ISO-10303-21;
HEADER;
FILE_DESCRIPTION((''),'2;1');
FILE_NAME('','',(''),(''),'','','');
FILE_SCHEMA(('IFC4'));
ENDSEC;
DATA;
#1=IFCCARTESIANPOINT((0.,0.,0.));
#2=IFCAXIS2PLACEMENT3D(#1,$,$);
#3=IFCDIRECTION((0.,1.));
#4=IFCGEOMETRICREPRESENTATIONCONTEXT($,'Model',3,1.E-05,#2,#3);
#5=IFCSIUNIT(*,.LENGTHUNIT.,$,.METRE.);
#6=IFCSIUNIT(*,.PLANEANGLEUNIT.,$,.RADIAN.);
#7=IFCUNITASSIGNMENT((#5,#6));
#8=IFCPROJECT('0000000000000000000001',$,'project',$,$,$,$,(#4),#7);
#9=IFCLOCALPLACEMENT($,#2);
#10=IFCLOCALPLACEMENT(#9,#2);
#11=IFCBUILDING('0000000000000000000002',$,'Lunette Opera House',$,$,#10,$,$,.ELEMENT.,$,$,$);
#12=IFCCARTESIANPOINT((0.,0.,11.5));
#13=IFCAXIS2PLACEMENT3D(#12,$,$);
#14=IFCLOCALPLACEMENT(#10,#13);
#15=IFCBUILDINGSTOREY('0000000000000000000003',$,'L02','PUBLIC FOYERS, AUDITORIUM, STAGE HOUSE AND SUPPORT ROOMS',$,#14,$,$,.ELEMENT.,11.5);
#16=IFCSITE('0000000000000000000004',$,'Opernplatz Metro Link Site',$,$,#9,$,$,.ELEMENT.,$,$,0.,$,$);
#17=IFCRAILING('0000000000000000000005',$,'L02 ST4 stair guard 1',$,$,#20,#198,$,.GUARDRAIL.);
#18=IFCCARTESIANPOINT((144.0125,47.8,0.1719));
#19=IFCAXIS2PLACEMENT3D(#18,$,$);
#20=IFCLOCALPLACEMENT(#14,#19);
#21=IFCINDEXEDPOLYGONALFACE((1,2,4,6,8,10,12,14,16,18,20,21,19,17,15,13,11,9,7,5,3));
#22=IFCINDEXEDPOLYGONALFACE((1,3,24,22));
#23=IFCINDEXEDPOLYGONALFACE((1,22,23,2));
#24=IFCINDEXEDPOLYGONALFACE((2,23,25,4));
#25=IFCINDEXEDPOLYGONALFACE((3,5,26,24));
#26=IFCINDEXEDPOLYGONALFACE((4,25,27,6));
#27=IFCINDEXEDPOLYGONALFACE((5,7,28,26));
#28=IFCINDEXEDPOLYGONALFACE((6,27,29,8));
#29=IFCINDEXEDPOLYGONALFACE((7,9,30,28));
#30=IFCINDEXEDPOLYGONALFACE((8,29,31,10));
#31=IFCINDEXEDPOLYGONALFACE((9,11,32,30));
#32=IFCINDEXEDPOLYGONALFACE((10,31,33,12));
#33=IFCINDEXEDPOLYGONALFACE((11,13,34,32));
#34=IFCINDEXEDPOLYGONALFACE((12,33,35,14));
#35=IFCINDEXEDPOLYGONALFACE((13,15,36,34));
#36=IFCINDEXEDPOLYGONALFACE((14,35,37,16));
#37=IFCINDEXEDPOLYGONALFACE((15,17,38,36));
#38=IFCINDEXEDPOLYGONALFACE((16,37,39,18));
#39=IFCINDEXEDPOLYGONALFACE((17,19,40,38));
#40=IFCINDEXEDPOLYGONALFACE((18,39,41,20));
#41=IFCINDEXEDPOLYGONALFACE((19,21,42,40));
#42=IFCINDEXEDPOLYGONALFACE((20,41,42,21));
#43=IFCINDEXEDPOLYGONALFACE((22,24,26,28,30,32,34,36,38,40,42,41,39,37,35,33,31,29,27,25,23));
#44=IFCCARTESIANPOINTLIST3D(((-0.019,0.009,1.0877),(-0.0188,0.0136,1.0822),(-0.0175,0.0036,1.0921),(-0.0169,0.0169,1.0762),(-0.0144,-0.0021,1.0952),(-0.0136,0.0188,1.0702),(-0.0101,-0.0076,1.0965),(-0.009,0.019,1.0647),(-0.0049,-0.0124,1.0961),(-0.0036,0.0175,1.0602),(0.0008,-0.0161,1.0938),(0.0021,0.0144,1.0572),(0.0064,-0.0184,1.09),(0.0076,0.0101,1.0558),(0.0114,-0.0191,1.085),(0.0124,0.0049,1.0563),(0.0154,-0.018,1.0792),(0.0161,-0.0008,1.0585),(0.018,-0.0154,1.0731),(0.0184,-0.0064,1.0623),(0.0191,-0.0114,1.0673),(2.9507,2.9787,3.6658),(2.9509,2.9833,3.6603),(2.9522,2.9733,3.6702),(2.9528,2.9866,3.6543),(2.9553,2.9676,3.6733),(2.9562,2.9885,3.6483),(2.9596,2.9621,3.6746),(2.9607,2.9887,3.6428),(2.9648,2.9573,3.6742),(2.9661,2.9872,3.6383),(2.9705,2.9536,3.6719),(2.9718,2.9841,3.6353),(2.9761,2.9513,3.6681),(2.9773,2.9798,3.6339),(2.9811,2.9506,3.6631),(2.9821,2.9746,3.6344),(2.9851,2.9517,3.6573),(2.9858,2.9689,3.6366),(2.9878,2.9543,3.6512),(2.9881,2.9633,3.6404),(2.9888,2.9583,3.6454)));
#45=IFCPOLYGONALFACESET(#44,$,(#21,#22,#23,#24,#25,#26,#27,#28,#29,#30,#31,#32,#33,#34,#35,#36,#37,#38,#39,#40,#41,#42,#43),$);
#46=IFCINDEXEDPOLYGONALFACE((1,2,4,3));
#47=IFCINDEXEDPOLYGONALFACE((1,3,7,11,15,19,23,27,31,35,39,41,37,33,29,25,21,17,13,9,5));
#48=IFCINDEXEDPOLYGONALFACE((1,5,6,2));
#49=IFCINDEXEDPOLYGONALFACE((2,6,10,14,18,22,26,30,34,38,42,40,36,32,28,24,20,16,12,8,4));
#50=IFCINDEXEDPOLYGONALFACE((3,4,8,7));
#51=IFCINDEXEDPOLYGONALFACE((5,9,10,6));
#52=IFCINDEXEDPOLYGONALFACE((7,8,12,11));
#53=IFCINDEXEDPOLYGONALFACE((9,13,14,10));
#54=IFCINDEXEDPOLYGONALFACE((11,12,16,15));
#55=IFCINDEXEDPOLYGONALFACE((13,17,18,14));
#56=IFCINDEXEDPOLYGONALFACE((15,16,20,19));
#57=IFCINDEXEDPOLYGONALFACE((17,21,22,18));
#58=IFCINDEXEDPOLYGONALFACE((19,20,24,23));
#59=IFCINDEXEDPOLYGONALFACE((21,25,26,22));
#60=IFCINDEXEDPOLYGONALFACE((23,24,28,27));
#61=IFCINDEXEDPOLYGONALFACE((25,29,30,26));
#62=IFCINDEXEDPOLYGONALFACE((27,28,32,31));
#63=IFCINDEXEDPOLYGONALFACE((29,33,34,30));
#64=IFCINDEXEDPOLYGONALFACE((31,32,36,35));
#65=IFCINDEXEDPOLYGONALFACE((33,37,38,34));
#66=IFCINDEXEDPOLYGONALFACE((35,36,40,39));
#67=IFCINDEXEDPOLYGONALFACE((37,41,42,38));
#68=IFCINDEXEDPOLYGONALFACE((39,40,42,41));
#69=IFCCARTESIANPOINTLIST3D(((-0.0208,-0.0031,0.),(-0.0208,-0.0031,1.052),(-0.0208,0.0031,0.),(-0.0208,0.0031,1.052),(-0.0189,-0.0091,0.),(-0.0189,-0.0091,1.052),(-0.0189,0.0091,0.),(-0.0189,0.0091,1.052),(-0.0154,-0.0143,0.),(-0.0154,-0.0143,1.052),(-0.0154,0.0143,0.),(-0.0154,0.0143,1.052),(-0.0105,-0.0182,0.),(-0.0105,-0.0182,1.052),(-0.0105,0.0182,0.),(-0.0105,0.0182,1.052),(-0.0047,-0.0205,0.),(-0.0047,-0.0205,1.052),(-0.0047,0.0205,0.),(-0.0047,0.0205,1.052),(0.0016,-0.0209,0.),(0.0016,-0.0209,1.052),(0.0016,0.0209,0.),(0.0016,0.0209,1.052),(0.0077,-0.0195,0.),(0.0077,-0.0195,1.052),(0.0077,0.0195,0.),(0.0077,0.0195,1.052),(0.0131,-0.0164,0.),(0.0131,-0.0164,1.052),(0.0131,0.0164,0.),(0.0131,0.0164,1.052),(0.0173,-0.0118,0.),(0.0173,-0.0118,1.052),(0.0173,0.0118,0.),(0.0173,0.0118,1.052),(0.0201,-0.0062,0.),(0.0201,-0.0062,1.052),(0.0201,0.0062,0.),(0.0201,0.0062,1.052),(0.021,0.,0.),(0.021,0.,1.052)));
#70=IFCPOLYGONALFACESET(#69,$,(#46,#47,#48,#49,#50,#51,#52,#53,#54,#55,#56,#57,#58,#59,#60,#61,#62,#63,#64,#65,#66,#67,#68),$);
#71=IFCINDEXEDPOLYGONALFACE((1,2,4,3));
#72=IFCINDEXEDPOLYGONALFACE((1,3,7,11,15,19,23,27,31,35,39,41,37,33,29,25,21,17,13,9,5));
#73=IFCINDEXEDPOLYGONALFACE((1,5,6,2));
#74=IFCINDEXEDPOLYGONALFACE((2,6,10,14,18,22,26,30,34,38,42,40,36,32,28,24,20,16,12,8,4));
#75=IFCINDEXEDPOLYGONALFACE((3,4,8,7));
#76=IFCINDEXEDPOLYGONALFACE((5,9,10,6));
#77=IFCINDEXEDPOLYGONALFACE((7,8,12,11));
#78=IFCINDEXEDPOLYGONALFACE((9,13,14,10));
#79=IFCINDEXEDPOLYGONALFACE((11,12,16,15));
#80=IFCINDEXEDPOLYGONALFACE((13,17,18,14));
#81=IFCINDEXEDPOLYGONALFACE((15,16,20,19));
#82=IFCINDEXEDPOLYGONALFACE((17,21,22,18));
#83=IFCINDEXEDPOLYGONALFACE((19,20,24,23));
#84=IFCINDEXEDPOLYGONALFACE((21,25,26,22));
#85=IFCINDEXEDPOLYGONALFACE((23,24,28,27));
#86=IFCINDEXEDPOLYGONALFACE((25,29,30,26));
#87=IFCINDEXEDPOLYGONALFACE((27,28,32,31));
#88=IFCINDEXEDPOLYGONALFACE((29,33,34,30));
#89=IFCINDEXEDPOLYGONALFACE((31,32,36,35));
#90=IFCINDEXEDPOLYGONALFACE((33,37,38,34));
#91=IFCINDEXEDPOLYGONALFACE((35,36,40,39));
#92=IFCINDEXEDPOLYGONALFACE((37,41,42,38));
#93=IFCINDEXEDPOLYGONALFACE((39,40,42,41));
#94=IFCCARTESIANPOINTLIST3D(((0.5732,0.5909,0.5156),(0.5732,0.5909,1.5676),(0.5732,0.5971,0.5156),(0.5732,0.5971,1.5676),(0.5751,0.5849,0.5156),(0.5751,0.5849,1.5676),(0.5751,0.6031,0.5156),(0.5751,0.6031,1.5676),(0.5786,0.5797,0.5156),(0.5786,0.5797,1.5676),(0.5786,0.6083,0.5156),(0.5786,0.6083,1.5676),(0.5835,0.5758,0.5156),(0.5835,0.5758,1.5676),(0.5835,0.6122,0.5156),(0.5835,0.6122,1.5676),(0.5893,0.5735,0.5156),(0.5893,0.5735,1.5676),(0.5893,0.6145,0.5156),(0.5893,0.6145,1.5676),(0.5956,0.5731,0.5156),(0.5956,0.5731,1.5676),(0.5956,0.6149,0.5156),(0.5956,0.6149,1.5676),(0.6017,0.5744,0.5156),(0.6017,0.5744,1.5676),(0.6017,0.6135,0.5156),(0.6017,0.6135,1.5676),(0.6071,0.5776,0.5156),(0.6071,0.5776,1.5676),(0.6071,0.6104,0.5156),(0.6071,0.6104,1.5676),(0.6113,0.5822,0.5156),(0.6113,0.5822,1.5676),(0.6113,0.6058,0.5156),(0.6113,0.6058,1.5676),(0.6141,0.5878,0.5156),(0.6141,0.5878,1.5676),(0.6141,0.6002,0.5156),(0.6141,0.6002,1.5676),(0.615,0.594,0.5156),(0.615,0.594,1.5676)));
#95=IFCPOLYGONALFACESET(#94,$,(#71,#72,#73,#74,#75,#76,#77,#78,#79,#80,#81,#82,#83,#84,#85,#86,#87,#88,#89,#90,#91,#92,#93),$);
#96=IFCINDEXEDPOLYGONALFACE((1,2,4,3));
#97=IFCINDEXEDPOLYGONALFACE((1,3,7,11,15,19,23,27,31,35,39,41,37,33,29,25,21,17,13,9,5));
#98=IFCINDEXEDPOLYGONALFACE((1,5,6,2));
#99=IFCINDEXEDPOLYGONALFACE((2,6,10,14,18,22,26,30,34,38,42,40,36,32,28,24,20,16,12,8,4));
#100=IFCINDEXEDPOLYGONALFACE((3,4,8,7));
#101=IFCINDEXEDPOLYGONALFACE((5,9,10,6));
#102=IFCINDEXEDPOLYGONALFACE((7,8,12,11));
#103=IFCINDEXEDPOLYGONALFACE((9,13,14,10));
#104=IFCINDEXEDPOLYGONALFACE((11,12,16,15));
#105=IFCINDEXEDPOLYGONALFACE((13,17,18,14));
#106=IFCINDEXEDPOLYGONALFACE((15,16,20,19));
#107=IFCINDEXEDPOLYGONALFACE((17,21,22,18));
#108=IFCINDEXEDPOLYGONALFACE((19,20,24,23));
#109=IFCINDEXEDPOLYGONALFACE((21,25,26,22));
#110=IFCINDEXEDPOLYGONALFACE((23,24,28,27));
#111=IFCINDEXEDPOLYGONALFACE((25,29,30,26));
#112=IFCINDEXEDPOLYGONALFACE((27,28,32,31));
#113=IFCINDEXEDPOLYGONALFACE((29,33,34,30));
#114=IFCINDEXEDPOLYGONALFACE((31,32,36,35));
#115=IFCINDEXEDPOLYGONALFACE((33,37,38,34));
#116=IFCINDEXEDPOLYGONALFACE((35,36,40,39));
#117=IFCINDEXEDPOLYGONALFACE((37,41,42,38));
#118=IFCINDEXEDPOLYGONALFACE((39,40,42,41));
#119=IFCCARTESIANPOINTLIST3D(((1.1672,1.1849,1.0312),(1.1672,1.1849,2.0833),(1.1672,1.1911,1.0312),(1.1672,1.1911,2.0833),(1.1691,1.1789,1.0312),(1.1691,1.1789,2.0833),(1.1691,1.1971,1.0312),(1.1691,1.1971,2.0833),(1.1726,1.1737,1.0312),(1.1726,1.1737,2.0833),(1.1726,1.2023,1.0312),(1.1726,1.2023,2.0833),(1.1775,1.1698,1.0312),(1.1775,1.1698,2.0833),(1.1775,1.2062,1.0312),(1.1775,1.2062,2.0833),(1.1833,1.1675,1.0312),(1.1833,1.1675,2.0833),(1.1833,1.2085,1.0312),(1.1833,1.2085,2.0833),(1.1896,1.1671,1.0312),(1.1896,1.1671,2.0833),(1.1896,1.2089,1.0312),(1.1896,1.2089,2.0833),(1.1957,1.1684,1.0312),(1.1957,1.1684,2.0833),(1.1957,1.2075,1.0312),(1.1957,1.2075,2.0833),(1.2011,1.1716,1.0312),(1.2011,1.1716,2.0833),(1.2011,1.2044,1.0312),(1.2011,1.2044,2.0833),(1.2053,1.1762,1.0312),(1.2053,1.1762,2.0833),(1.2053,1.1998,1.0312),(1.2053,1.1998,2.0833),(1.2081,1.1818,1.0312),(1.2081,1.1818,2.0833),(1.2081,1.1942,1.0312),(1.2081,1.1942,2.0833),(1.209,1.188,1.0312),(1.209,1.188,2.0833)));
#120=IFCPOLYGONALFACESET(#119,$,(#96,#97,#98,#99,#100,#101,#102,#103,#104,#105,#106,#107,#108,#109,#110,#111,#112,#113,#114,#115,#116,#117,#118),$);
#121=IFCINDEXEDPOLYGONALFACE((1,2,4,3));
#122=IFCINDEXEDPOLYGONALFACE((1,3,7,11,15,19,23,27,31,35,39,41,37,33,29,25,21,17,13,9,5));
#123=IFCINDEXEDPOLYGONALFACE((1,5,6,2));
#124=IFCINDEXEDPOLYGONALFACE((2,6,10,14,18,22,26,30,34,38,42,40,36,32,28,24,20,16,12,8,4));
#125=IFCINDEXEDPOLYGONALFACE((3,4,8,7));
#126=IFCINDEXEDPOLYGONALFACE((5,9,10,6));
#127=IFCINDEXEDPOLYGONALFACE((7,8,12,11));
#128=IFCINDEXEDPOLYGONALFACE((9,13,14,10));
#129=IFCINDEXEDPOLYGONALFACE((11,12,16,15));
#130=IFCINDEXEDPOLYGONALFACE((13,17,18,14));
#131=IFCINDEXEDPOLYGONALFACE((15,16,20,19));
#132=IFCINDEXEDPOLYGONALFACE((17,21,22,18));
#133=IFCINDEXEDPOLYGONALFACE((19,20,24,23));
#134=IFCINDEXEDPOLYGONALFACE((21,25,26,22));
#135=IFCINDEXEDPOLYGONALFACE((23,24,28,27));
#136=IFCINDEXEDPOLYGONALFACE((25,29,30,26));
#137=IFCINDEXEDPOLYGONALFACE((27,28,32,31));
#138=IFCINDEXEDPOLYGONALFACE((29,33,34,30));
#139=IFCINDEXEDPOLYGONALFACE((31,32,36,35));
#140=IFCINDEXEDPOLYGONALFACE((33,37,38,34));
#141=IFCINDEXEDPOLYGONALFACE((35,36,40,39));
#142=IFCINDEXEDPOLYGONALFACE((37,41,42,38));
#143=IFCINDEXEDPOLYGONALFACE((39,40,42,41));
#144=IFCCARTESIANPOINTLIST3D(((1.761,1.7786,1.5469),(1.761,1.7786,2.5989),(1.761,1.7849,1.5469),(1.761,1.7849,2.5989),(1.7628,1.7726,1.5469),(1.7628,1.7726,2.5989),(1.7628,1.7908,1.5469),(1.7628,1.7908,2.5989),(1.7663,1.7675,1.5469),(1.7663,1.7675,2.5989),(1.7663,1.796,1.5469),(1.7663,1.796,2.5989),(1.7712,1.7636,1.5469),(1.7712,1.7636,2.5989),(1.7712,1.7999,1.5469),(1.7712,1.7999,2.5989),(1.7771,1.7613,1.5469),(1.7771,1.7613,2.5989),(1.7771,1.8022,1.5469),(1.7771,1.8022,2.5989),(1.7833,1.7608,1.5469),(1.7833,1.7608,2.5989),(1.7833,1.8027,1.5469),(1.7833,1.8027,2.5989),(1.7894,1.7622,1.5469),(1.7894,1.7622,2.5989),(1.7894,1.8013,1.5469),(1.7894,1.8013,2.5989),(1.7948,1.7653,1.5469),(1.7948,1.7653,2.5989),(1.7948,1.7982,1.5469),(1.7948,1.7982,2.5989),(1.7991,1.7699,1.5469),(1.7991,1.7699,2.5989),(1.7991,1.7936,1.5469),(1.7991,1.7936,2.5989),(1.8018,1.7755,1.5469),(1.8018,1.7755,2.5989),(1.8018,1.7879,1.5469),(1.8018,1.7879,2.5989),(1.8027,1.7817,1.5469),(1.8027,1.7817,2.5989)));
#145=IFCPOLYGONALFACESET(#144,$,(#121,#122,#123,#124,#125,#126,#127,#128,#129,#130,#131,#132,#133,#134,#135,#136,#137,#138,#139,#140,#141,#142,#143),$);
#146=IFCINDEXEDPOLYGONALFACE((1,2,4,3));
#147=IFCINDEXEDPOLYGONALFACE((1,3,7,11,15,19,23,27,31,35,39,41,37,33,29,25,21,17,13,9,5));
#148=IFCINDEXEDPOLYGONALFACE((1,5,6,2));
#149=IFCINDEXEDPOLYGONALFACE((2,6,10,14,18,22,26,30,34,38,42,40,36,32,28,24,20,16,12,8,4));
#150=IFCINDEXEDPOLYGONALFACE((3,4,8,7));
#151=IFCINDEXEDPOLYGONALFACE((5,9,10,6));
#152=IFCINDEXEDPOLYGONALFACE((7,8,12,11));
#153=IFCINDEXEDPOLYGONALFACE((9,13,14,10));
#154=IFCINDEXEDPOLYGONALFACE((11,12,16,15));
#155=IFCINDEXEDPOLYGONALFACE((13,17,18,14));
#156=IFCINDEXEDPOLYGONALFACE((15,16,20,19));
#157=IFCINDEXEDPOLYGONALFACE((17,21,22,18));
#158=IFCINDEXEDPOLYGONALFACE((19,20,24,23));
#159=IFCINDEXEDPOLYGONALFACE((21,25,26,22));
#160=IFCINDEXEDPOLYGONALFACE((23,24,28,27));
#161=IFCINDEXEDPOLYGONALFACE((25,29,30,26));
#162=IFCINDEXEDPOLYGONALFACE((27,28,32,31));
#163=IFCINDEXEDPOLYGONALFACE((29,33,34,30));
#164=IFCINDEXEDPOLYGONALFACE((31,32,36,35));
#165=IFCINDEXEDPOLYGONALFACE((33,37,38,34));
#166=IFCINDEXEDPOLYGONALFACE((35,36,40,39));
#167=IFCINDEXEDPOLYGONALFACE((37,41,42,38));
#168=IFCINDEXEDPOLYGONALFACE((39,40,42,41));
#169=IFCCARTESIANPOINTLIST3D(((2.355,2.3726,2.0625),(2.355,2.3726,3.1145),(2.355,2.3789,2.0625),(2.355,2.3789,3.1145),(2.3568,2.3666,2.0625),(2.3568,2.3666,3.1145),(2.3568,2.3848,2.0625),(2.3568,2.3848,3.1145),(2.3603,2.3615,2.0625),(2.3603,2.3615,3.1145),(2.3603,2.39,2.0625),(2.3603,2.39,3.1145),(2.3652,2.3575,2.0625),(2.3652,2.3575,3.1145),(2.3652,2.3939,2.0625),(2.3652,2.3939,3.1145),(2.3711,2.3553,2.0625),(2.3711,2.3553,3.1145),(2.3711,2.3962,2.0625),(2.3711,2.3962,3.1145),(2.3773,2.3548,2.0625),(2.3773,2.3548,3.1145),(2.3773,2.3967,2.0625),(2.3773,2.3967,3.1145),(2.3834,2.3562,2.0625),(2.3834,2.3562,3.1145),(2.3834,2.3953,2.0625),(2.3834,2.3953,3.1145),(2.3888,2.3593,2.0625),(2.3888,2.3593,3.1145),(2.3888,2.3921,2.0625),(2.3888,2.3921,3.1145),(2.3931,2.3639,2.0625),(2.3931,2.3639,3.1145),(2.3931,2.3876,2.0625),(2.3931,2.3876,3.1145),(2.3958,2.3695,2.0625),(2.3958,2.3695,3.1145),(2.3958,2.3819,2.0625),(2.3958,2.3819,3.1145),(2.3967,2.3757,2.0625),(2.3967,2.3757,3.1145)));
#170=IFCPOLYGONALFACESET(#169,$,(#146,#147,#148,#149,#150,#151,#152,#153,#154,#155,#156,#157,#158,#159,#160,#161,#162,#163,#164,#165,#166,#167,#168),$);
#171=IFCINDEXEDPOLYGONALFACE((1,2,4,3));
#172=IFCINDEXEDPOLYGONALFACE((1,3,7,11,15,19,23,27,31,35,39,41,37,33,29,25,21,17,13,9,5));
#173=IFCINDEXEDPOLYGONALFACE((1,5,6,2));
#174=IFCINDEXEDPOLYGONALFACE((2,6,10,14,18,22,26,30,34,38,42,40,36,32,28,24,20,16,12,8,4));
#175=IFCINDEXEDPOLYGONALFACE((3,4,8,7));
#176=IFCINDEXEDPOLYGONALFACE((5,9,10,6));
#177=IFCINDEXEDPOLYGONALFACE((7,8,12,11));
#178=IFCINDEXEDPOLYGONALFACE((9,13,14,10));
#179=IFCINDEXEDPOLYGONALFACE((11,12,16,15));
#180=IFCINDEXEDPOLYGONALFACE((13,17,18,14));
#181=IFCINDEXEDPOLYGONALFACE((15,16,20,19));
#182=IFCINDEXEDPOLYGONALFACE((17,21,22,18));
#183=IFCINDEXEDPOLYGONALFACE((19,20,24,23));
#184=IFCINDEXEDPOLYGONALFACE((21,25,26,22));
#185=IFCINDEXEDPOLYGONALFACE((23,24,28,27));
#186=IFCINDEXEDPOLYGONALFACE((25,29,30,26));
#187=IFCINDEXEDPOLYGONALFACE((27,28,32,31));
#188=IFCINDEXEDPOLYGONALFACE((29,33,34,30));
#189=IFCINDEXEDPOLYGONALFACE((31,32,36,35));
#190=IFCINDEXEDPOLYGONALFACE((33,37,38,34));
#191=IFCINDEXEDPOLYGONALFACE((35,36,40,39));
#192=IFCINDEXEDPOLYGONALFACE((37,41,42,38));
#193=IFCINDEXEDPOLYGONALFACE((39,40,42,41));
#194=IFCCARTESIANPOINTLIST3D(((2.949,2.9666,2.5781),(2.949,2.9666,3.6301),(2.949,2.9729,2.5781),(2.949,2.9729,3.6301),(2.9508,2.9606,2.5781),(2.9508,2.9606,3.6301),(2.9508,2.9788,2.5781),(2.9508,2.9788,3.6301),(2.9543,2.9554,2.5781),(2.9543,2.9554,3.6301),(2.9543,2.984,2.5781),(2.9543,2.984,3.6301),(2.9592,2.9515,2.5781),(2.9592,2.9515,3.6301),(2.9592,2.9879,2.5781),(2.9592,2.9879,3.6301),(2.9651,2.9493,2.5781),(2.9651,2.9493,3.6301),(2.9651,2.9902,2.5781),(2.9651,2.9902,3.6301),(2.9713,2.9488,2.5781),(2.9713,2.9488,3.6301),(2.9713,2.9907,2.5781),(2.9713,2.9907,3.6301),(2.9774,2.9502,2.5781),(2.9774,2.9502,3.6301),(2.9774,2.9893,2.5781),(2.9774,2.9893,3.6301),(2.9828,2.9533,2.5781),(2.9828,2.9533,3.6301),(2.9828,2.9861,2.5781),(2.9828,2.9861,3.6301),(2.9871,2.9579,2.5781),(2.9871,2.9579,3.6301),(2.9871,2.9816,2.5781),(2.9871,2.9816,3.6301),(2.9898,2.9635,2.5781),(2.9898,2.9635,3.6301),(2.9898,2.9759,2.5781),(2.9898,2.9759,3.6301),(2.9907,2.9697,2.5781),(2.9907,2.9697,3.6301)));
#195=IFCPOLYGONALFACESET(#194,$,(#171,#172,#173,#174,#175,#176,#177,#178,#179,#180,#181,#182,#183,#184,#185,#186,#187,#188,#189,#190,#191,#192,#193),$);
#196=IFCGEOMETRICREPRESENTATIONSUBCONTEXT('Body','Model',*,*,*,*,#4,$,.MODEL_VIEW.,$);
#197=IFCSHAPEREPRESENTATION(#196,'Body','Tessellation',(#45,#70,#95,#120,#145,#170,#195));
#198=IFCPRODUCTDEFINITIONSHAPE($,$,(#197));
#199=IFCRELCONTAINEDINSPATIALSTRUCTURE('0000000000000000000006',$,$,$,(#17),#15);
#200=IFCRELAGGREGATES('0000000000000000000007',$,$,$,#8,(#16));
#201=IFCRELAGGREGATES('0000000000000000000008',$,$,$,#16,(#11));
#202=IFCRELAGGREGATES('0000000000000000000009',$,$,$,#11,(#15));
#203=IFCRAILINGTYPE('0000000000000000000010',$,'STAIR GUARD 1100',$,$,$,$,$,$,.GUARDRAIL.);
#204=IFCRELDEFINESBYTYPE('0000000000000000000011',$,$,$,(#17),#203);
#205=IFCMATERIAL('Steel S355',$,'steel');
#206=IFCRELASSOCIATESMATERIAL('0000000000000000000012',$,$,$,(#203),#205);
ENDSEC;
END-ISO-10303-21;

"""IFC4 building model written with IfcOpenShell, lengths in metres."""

from ifc_helpers import new_model, si_unit, direction, frame, origin, origin_2d, place, context, subcontext, project, spatial, circle, extrude, material, type_object, element, save


model = new_model("IFC4")

# Units and contexts
model_context = context("Model", 3, precision=1e-05, world=origin(), true_north=direction((0.0, 1.0)))
body_context = subcontext(model_context, "Body", "Model", "MODEL_VIEW")
ifc_project = project(units=[si_unit("LENGTHUNIT", "METRE"), si_unit("PLANEANGLEUNIT", "RADIAN")], contexts=[model_context])

# Site, building, storey
site_placement = place(None, origin())
site = spatial("IfcSite", under=ifc_project, at=site_placement, Name="Opernplatz Metro Link Site", CompositionType="ELEMENT", RefElevation=0.0)
building_placement = place(site_placement, origin())
building = spatial("IfcBuilding", under=site, at=building_placement, Name="Lunette Opera House", CompositionType="ELEMENT")
storey_placement = place(building_placement, frame((0.0, 0.0, 11.5)))
storey = spatial("IfcBuildingStorey", under=building, at=storey_placement, Name="L02", Description="PUBLIC FOYERS, AUDITORIUM, STAGE HOUSE AND SUPPORT ROOMS", CompositionType="ELEMENT", Elevation=11.5)

# Railing
ifc_material_1 = material(Name="Steel S355", Category="steel")
railing_type_1 = type_object("IfcRailingType", Name="STAIR GUARD 1100", PredefinedType="GUARDRAIL", material=ifc_material_1)
railing_1_placement = place(storey_placement, frame((144.0125, 47.8, 0.1719)))
element("IfcRailing", 1, at=railing_1_placement, inside=storey, type_object=railing_type_1, Name="L02 ST4 stair guard 1", PredefinedType="GUARDRAIL", context=body_context, shape_type="SweptSolid", body=[
    extrude(circle(Radius=0.0239, at=origin_2d()), frame((0.0, 0.0, 1.0762), z_axis=(0.602622, 0.602622, 0.523157), x_axis=(-0.707107, 0.707107, 0.0)), (0.0, 0.0, 1.0), 4.928),
    extrude(circle(Radius=0.021, at=origin_2d()), origin(), (0.0, 0.0, 1.0), 1.052),
    extrude(circle(Radius=0.021, at=origin_2d()), frame((0.594, 0.594, 0.5156)), (0.0, 0.0, 1.0), 1.052),
    extrude(circle(Radius=0.021, at=origin_2d()), frame((1.188, 1.188, 1.0312)), (0.0, 0.0, 1.0), 1.052),
    extrude(circle(Radius=0.021, at=origin_2d()), frame((1.7817, 1.7817, 1.5469)), (0.0, 0.0, 1.0), 1.052),
    extrude(circle(Radius=0.021, at=origin_2d()), frame((2.3757, 2.3757, 2.0625)), (0.0, 0.0, 1.0), 1.052),
    extrude(circle(Radius=0.021, at=origin_2d()), frame((2.9697, 2.9697, 2.5781)), (0.0, 0.0, 1.0), 1.052),
])

save(model, "model.ifc")
